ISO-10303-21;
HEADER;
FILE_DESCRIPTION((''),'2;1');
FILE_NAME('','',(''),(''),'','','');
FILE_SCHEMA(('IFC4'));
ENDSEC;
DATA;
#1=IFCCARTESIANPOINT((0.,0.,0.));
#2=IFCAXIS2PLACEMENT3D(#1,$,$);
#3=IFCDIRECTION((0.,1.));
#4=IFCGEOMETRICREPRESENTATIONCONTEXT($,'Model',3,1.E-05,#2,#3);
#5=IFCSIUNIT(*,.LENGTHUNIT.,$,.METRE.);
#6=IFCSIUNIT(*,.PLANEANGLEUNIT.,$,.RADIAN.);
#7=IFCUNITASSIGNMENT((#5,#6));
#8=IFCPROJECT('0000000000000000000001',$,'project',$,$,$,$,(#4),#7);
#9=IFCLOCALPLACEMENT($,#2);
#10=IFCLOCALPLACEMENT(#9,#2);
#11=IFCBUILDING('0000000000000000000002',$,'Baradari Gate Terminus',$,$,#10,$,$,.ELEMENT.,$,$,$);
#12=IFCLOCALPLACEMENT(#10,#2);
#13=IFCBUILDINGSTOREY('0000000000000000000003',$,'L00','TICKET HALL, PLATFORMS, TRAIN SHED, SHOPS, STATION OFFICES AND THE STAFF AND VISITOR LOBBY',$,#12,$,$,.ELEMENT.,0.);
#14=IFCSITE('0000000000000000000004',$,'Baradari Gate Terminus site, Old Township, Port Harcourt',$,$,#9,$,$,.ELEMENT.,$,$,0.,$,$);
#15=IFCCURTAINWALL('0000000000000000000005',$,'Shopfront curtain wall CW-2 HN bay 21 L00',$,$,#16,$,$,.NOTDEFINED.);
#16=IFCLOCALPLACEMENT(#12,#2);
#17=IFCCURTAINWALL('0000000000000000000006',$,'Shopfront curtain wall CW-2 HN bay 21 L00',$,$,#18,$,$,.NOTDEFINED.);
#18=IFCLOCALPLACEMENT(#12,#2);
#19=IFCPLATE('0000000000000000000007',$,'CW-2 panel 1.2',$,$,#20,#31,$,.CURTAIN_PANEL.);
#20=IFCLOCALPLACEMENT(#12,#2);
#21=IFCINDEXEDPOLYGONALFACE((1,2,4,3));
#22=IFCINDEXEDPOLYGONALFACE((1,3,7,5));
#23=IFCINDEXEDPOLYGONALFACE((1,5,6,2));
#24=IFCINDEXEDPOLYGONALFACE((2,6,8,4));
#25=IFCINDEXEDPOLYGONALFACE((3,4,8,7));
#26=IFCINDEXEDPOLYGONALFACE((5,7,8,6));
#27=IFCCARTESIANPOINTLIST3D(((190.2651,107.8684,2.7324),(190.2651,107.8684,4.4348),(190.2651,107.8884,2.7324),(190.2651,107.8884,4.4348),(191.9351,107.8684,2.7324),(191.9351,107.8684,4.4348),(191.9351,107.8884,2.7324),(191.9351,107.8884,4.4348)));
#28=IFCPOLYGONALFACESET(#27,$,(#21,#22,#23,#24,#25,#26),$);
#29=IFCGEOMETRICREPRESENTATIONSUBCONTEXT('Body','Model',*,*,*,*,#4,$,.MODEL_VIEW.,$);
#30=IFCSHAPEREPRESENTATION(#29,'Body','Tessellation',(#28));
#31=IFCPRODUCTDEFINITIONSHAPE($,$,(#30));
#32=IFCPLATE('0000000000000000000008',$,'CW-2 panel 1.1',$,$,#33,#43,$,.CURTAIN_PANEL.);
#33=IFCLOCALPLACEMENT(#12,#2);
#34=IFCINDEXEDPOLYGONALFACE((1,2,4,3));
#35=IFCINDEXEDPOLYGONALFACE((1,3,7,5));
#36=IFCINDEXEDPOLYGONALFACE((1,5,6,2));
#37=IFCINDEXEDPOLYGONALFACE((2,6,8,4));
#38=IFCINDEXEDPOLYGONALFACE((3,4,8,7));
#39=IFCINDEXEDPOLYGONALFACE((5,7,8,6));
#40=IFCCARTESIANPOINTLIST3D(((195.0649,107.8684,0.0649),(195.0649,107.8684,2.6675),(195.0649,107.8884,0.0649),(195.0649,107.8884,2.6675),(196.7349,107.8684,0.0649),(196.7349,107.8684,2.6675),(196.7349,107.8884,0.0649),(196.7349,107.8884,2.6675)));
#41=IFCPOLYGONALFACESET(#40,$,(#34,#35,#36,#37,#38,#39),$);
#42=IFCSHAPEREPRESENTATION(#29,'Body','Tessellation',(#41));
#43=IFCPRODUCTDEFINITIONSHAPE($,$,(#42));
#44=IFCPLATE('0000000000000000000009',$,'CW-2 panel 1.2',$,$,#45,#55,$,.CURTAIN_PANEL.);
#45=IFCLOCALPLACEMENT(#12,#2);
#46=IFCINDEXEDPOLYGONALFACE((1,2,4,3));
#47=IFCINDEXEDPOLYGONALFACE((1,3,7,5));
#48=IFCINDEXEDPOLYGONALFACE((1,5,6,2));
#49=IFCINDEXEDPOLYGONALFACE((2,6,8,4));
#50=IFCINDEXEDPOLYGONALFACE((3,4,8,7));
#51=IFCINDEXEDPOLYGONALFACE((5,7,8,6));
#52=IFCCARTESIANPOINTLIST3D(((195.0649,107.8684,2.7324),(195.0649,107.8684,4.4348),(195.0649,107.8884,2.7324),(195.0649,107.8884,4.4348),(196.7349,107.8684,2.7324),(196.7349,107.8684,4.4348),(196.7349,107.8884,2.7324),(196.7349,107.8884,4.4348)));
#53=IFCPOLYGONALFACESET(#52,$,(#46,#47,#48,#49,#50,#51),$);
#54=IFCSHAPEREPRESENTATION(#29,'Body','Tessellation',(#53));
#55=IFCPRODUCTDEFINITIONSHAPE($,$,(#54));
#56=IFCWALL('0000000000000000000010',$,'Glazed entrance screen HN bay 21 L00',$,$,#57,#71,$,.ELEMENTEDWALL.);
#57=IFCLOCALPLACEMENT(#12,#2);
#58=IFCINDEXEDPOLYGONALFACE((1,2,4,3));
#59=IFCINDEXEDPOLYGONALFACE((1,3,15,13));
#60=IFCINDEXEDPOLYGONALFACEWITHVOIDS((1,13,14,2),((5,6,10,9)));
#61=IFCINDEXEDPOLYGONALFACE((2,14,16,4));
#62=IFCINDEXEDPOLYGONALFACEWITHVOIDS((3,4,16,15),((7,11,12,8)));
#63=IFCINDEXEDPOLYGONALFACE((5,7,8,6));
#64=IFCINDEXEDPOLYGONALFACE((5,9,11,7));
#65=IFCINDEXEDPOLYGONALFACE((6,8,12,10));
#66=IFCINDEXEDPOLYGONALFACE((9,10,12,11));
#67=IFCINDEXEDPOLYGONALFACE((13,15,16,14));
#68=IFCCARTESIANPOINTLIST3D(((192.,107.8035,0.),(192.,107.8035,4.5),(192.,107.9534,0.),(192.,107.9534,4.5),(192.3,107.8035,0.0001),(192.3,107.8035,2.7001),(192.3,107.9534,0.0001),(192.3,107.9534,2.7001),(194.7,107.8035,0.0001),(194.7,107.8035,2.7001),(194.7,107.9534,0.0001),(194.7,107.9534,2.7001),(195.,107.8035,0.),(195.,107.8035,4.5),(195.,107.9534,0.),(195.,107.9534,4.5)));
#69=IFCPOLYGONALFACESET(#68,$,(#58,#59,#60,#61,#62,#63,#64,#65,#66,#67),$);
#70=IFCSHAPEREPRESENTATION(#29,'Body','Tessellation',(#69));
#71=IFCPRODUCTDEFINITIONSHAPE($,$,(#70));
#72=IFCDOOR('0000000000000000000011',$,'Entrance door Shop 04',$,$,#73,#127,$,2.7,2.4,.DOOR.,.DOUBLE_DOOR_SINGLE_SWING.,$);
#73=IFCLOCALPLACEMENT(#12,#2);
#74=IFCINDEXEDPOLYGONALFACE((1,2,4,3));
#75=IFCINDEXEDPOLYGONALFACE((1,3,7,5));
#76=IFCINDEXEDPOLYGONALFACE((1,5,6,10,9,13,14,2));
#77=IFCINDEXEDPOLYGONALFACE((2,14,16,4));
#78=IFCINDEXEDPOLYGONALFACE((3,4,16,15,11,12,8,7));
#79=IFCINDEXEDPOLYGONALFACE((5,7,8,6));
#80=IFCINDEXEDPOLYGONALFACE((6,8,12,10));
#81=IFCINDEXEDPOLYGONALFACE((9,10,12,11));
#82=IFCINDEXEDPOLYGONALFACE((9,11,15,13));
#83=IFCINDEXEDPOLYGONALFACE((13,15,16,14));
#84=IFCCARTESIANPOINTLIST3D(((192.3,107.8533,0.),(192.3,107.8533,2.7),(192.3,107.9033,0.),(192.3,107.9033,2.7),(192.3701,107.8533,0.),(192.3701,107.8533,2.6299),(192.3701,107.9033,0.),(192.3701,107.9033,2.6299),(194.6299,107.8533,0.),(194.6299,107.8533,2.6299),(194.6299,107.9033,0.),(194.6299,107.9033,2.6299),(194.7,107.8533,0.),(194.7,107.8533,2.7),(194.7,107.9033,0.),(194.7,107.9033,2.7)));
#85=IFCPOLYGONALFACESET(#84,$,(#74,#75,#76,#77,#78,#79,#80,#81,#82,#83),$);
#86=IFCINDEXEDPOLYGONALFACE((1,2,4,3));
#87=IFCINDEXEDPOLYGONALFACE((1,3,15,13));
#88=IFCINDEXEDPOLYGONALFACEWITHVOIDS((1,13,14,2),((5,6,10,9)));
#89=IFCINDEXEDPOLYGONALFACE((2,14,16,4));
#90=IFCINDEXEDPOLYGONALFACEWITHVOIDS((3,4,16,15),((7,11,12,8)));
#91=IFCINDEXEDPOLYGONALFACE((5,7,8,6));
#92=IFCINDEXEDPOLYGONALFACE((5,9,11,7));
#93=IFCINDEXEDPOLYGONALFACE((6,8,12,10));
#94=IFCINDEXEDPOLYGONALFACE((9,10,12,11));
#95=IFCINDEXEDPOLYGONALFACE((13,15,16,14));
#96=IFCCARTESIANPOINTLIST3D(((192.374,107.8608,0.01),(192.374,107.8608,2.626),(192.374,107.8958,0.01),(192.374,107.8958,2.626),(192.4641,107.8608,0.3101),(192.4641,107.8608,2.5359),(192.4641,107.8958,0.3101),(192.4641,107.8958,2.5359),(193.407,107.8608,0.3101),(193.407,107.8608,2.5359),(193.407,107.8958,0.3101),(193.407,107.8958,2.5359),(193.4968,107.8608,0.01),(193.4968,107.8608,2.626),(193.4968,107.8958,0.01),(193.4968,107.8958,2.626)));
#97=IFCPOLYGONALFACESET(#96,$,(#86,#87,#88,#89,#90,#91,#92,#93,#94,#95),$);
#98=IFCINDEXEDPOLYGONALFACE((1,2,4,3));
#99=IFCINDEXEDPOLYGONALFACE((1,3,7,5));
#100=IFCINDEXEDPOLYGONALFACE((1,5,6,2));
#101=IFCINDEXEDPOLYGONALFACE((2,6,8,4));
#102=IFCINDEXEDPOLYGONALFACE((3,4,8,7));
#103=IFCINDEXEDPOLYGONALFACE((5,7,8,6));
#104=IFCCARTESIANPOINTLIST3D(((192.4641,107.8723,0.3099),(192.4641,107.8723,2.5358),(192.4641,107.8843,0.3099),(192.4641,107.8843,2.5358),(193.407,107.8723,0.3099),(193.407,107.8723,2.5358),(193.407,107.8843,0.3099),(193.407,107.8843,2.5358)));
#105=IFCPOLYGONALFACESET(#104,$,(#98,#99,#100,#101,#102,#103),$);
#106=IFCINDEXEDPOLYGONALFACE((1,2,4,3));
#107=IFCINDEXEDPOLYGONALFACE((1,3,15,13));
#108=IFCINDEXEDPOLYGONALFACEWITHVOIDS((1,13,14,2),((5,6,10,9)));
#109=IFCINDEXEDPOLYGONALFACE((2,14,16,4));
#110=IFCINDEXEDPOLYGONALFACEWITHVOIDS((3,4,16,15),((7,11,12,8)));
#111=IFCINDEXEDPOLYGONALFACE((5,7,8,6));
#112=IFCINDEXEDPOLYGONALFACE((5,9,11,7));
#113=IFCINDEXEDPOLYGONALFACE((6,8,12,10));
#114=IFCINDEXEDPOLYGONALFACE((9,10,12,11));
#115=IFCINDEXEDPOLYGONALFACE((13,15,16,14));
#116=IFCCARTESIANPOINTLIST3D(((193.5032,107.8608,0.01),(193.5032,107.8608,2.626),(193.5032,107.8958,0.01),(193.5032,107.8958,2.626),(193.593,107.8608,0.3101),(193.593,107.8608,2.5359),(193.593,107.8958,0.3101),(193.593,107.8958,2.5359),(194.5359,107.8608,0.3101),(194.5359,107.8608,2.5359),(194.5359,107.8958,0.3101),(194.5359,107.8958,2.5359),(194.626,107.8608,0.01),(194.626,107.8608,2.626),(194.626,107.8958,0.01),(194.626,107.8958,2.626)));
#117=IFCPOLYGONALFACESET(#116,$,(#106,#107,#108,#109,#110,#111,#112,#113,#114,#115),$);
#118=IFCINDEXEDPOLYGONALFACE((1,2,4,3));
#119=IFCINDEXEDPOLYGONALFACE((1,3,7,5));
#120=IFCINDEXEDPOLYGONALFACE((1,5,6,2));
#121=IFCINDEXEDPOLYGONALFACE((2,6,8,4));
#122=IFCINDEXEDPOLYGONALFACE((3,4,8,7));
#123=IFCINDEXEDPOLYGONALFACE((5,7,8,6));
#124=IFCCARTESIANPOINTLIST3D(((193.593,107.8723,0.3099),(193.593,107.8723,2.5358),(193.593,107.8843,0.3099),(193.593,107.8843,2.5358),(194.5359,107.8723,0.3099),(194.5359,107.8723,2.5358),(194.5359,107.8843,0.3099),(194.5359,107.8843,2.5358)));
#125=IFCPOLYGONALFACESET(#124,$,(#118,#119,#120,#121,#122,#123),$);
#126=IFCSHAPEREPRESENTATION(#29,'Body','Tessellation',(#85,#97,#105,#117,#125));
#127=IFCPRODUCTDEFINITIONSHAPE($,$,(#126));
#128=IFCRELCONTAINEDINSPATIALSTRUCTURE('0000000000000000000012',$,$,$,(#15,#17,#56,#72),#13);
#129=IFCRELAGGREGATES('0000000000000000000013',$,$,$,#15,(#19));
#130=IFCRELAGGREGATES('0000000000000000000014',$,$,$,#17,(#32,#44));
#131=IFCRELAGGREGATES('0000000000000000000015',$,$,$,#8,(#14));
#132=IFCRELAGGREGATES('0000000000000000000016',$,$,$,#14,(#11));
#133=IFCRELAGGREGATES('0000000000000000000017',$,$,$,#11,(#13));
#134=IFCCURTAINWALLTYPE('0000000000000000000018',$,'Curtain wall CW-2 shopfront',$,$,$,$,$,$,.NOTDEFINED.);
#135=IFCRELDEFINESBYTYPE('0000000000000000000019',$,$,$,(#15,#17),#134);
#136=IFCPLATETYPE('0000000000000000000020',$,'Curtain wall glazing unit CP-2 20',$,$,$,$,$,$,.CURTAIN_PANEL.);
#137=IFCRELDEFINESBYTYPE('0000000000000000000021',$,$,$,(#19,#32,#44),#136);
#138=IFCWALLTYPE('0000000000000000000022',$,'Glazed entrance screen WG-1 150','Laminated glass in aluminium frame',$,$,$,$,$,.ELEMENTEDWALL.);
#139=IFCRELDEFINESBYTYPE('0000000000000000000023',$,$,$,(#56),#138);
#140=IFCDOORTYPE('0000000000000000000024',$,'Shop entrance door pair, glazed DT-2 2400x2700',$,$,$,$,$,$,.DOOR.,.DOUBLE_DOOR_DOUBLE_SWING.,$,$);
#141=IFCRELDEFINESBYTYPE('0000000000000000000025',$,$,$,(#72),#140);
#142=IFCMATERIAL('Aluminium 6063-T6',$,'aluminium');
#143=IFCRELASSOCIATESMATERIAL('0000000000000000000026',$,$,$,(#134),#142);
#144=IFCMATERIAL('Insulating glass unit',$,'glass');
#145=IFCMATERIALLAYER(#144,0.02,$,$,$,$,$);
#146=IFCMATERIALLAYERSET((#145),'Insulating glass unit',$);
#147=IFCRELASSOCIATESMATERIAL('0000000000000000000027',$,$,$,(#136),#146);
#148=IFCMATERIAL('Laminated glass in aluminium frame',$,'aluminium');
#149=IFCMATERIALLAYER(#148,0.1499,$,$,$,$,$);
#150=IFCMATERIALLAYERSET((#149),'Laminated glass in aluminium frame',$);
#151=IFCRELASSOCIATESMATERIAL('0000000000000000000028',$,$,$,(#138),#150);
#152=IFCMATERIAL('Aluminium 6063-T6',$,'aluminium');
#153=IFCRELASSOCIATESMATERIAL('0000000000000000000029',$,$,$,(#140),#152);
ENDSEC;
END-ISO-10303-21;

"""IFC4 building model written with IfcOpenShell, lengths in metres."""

from ifc_helpers import new_model, si_unit, direction, frame, frame_2d, origin, origin_2d, place, context, subcontext, project, spatial, polyline, rectangle, outline, extrude, material, layer, layer_set, type_object, element, fill, aggregate, save


model = new_model("IFC4")

# Units and contexts
model_context = context("Model", 3, precision=1e-05, world=origin(), true_north=direction((0.0, 1.0)))
body_context = subcontext(model_context, "Body", "Model", "MODEL_VIEW")
ifc_project = project(units=[si_unit("LENGTHUNIT", "METRE"), si_unit("PLANEANGLEUNIT", "RADIAN")], contexts=[model_context])

# Site, building, storey
site_placement = place(None, origin())
site = spatial("IfcSite", under=ifc_project, at=site_placement, Name="Baradari Gate Terminus site, Old Township, Port Harcourt", CompositionType="ELEMENT", RefElevation=0.0)
building_placement = place(site_placement, origin())
building = spatial("IfcBuilding", under=site, at=building_placement, Name="Baradari Gate Terminus", CompositionType="ELEMENT")
storey_placement = place(building_placement, origin())
storey = spatial("IfcBuildingStorey", under=building, at=storey_placement, Name="L00", Description="TICKET HALL, PLATFORMS, TRAIN SHED, SHOPS, STATION OFFICES AND THE STAFF AND VISITOR LOBBY", CompositionType="ELEMENT", Elevation=0.0)

# Curtain wall
ifc_material_1 = material(Name="Aluminium 6063-T6", Category="aluminium")
curtain_wall_type = type_object("IfcCurtainWallType", Name="Curtain wall CW-2 shopfront", PredefinedType="NOTDEFINED", material=ifc_material_1)
curtain_wall_1_placement = place(storey_placement, origin())
curtain_wall_1 = element("IfcCurtainWall", 1, at=curtain_wall_1_placement, inside=storey, type_object=curtain_wall_type, Name="Shopfront curtain wall CW-2 HN bay 21 L00", PredefinedType="NOTDEFINED")

# Curtain wall
curtain_wall_2_placement = place(storey_placement, origin())
curtain_wall_2 = element("IfcCurtainWall", 2, at=curtain_wall_2_placement, inside=storey, type_object=curtain_wall_type, Name="Shopfront curtain wall CW-2 HN bay 21 L00", PredefinedType="NOTDEFINED")

# Plates
ifc_material_2 = material(Name="Insulating glass unit", Category="glass")
ifc_layer_1 = layer(ifc_material_2, 0.02)
ifc_layer_set_1 = layer_set([ifc_layer_1], Name="Insulating glass unit")
plate_type = type_object("IfcPlateType", Name="Curtain wall glazing unit CP-2 20", PredefinedType="CURTAIN_PANEL", material=ifc_layer_set_1)
plate_1_placement = place(storey_placement, frame((191.1001, 107.8784, 2.7324), z_axis=(0.0, 0.0, 1.0), x_axis=(1.0, 0.0, 0.0)))
plate_1 = element("IfcPlate", 3, at=plate_1_placement, type_object=plate_type, Name="CW-2 panel 1.2", PredefinedType="CURTAIN_PANEL", context=body_context, shape_type="SweptSolid", body=[
    extrude(rectangle(XDim=1.6699, YDim=0.02, at=origin_2d()), origin(), (0.0, 0.0, 1.0), 1.7024),
])
aggregate(curtain_wall_1, [plate_1])
plate_2_placement = place(storey_placement, frame((195.8999, 107.8784, 0.0649), z_axis=(0.0, 0.0, 1.0), x_axis=(1.0, 0.0, 0.0)))
plate_2 = element("IfcPlate", 4, at=plate_2_placement, type_object=plate_type, Name="CW-2 panel 1.1", PredefinedType="CURTAIN_PANEL", context=body_context, shape_type="SweptSolid", body=[
    extrude(rectangle(XDim=1.6699, YDim=0.02, at=origin_2d()), origin(), (0.0, 0.0, 1.0), 2.6025),
])
plate_3_placement = place(storey_placement, frame((195.8999, 107.8784, 2.7324), z_axis=(0.0, 0.0, 1.0), x_axis=(1.0, 0.0, 0.0)))
plate_3 = element("IfcPlate", 5, at=plate_3_placement, type_object=plate_type, Name="CW-2 panel 1.2", PredefinedType="CURTAIN_PANEL", context=body_context, shape_type="SweptSolid", body=[
    extrude(rectangle(XDim=1.6699, YDim=0.02, at=origin_2d()), origin(), (0.0, 0.0, 1.0), 1.7024),
])
aggregate(curtain_wall_2, [plate_2, plate_3])

# Wall, opening, door
ifc_material_3 = material(Name="Laminated glass in aluminium frame", Category="aluminium")
ifc_layer_2 = layer(ifc_material_3, 0.1499)
ifc_layer_set_2 = layer_set([ifc_layer_2], Name="Laminated glass in aluminium frame")
wall_type = type_object("IfcWallType", Name="Glazed entrance screen WG-1 150", Description="Laminated glass in aluminium frame", PredefinedType="ELEMENTEDWALL", material=ifc_layer_set_2)
wall_placement = place(storey_placement, frame((192.0, 107.8784, 0.0), z_axis=(0.0, 0.0, 1.0), x_axis=(1.0, 0.0, 0.0)))
wall = element("IfcWall", 6, at=wall_placement, inside=storey, type_object=wall_type, Name="Glazed entrance screen HN bay 21 L00", PredefinedType="ELEMENTEDWALL", context=body_context, shape_type="SweptSolid", body=[
    extrude(rectangle(XDim=3.0, YDim=0.1499, at=frame_2d((1.5, 0.0))), origin(), (0.0, 0.0, 1.0), 4.5),
])
opening_placement = place(wall_placement, frame((0.3, 0.0, 0.0)))
opening = element("IfcOpeningElement", 7, at=opening_placement, cuts=wall, PredefinedType="OPENING", context=body_context, shape_type="SweptSolid", body=[
    extrude(rectangle(XDim=2.3999, YDim=2.7, at=frame_2d((1.2, 1.3501))), frame((0.0, 0.085, 0.0), z_axis=(0.0, -1.0, 0.0), x_axis=(1.0, 0.0, 0.0)), (0.0, 0.0, 1.0), 0.1699),
])
ifc_material_4 = material(Name="Aluminium 6063-T6", Category="aluminium")
door_type = type_object("IfcDoorType", Name="Shop entrance door pair, glazed DT-2 2400x2700", OperationType="DOUBLE_DOOR_DOUBLE_SWING", PredefinedType="DOOR", material=ifc_material_4)
door_placement = place(opening_placement, origin())
door = element("IfcDoor", 8, at=door_placement, inside=storey, type_object=door_type, Name="Entrance door Shop 04", OperationType="DOUBLE_DOOR_SINGLE_SWING", OverallHeight=2.7, OverallWidth=2.4, PredefinedType="DOOR", context=body_context, shape_type="SweptSolid", body=[
    extrude(outline(polyline([(0.0, 0.0), (0.0701, 0.0), (0.0701, 2.6299), (2.3298, 2.6299), (2.3298, 0.0), (2.3999, 0.0), (2.3999, 2.7), (0.0, 2.7), (0.0, 0.0)])), frame((0.0, 0.0249, 0.0), z_axis=(0.0, -1.0, 0.0), x_axis=(1.0, 0.0, 0.0)), (0.0, 0.0, 1.0), 0.05),
    extrude(outline(polyline([(0.074, 0.01), (1.1968, 0.01), (1.1968, 2.626), (0.074, 2.626), (0.074, 0.01)]), holes=[polyline([(0.1641, 0.3101), (1.1069, 0.3101), (1.1069, 2.5359), (0.1641, 2.5359), (0.1641, 0.3101)])]), frame((0.0, 0.0173, 0.0), z_axis=(0.0, -1.0, 0.0), x_axis=(1.0, 0.0, 0.0)), (0.0, 0.0, 1.0), 0.0349),
    extrude(rectangle(XDim=0.9429, YDim=2.2258, at=frame_2d((0.6355, 1.4229))), frame((0.0, 0.0059, 0.0), z_axis=(0.0, -1.0, 0.0), x_axis=(1.0, 0.0, 0.0)), (0.0, 0.0, 1.0), 0.012),
    extrude(outline(polyline([(1.2031, 0.01), (2.3259, 0.01), (2.3259, 2.626), (1.2031, 2.626), (1.2031, 0.01)]), holes=[polyline([(1.293, 0.3101), (2.2358, 0.3101), (2.2358, 2.5359), (1.293, 2.5359), (1.293, 0.3101)])]), frame((0.0, 0.0173, 0.0), z_axis=(0.0, -1.0, 0.0), x_axis=(1.0, 0.0, 0.0)), (0.0, 0.0, 1.0), 0.0349),
    extrude(rectangle(XDim=0.9429, YDim=2.2258, at=frame_2d((1.7644, 1.4229))), frame((0.0, 0.0059, 0.0), z_axis=(0.0, -1.0, 0.0), x_axis=(1.0, 0.0, 0.0)), (0.0, 0.0, 1.0), 0.012),
])
fill(opening, door)

save(model, "model.ifc")
